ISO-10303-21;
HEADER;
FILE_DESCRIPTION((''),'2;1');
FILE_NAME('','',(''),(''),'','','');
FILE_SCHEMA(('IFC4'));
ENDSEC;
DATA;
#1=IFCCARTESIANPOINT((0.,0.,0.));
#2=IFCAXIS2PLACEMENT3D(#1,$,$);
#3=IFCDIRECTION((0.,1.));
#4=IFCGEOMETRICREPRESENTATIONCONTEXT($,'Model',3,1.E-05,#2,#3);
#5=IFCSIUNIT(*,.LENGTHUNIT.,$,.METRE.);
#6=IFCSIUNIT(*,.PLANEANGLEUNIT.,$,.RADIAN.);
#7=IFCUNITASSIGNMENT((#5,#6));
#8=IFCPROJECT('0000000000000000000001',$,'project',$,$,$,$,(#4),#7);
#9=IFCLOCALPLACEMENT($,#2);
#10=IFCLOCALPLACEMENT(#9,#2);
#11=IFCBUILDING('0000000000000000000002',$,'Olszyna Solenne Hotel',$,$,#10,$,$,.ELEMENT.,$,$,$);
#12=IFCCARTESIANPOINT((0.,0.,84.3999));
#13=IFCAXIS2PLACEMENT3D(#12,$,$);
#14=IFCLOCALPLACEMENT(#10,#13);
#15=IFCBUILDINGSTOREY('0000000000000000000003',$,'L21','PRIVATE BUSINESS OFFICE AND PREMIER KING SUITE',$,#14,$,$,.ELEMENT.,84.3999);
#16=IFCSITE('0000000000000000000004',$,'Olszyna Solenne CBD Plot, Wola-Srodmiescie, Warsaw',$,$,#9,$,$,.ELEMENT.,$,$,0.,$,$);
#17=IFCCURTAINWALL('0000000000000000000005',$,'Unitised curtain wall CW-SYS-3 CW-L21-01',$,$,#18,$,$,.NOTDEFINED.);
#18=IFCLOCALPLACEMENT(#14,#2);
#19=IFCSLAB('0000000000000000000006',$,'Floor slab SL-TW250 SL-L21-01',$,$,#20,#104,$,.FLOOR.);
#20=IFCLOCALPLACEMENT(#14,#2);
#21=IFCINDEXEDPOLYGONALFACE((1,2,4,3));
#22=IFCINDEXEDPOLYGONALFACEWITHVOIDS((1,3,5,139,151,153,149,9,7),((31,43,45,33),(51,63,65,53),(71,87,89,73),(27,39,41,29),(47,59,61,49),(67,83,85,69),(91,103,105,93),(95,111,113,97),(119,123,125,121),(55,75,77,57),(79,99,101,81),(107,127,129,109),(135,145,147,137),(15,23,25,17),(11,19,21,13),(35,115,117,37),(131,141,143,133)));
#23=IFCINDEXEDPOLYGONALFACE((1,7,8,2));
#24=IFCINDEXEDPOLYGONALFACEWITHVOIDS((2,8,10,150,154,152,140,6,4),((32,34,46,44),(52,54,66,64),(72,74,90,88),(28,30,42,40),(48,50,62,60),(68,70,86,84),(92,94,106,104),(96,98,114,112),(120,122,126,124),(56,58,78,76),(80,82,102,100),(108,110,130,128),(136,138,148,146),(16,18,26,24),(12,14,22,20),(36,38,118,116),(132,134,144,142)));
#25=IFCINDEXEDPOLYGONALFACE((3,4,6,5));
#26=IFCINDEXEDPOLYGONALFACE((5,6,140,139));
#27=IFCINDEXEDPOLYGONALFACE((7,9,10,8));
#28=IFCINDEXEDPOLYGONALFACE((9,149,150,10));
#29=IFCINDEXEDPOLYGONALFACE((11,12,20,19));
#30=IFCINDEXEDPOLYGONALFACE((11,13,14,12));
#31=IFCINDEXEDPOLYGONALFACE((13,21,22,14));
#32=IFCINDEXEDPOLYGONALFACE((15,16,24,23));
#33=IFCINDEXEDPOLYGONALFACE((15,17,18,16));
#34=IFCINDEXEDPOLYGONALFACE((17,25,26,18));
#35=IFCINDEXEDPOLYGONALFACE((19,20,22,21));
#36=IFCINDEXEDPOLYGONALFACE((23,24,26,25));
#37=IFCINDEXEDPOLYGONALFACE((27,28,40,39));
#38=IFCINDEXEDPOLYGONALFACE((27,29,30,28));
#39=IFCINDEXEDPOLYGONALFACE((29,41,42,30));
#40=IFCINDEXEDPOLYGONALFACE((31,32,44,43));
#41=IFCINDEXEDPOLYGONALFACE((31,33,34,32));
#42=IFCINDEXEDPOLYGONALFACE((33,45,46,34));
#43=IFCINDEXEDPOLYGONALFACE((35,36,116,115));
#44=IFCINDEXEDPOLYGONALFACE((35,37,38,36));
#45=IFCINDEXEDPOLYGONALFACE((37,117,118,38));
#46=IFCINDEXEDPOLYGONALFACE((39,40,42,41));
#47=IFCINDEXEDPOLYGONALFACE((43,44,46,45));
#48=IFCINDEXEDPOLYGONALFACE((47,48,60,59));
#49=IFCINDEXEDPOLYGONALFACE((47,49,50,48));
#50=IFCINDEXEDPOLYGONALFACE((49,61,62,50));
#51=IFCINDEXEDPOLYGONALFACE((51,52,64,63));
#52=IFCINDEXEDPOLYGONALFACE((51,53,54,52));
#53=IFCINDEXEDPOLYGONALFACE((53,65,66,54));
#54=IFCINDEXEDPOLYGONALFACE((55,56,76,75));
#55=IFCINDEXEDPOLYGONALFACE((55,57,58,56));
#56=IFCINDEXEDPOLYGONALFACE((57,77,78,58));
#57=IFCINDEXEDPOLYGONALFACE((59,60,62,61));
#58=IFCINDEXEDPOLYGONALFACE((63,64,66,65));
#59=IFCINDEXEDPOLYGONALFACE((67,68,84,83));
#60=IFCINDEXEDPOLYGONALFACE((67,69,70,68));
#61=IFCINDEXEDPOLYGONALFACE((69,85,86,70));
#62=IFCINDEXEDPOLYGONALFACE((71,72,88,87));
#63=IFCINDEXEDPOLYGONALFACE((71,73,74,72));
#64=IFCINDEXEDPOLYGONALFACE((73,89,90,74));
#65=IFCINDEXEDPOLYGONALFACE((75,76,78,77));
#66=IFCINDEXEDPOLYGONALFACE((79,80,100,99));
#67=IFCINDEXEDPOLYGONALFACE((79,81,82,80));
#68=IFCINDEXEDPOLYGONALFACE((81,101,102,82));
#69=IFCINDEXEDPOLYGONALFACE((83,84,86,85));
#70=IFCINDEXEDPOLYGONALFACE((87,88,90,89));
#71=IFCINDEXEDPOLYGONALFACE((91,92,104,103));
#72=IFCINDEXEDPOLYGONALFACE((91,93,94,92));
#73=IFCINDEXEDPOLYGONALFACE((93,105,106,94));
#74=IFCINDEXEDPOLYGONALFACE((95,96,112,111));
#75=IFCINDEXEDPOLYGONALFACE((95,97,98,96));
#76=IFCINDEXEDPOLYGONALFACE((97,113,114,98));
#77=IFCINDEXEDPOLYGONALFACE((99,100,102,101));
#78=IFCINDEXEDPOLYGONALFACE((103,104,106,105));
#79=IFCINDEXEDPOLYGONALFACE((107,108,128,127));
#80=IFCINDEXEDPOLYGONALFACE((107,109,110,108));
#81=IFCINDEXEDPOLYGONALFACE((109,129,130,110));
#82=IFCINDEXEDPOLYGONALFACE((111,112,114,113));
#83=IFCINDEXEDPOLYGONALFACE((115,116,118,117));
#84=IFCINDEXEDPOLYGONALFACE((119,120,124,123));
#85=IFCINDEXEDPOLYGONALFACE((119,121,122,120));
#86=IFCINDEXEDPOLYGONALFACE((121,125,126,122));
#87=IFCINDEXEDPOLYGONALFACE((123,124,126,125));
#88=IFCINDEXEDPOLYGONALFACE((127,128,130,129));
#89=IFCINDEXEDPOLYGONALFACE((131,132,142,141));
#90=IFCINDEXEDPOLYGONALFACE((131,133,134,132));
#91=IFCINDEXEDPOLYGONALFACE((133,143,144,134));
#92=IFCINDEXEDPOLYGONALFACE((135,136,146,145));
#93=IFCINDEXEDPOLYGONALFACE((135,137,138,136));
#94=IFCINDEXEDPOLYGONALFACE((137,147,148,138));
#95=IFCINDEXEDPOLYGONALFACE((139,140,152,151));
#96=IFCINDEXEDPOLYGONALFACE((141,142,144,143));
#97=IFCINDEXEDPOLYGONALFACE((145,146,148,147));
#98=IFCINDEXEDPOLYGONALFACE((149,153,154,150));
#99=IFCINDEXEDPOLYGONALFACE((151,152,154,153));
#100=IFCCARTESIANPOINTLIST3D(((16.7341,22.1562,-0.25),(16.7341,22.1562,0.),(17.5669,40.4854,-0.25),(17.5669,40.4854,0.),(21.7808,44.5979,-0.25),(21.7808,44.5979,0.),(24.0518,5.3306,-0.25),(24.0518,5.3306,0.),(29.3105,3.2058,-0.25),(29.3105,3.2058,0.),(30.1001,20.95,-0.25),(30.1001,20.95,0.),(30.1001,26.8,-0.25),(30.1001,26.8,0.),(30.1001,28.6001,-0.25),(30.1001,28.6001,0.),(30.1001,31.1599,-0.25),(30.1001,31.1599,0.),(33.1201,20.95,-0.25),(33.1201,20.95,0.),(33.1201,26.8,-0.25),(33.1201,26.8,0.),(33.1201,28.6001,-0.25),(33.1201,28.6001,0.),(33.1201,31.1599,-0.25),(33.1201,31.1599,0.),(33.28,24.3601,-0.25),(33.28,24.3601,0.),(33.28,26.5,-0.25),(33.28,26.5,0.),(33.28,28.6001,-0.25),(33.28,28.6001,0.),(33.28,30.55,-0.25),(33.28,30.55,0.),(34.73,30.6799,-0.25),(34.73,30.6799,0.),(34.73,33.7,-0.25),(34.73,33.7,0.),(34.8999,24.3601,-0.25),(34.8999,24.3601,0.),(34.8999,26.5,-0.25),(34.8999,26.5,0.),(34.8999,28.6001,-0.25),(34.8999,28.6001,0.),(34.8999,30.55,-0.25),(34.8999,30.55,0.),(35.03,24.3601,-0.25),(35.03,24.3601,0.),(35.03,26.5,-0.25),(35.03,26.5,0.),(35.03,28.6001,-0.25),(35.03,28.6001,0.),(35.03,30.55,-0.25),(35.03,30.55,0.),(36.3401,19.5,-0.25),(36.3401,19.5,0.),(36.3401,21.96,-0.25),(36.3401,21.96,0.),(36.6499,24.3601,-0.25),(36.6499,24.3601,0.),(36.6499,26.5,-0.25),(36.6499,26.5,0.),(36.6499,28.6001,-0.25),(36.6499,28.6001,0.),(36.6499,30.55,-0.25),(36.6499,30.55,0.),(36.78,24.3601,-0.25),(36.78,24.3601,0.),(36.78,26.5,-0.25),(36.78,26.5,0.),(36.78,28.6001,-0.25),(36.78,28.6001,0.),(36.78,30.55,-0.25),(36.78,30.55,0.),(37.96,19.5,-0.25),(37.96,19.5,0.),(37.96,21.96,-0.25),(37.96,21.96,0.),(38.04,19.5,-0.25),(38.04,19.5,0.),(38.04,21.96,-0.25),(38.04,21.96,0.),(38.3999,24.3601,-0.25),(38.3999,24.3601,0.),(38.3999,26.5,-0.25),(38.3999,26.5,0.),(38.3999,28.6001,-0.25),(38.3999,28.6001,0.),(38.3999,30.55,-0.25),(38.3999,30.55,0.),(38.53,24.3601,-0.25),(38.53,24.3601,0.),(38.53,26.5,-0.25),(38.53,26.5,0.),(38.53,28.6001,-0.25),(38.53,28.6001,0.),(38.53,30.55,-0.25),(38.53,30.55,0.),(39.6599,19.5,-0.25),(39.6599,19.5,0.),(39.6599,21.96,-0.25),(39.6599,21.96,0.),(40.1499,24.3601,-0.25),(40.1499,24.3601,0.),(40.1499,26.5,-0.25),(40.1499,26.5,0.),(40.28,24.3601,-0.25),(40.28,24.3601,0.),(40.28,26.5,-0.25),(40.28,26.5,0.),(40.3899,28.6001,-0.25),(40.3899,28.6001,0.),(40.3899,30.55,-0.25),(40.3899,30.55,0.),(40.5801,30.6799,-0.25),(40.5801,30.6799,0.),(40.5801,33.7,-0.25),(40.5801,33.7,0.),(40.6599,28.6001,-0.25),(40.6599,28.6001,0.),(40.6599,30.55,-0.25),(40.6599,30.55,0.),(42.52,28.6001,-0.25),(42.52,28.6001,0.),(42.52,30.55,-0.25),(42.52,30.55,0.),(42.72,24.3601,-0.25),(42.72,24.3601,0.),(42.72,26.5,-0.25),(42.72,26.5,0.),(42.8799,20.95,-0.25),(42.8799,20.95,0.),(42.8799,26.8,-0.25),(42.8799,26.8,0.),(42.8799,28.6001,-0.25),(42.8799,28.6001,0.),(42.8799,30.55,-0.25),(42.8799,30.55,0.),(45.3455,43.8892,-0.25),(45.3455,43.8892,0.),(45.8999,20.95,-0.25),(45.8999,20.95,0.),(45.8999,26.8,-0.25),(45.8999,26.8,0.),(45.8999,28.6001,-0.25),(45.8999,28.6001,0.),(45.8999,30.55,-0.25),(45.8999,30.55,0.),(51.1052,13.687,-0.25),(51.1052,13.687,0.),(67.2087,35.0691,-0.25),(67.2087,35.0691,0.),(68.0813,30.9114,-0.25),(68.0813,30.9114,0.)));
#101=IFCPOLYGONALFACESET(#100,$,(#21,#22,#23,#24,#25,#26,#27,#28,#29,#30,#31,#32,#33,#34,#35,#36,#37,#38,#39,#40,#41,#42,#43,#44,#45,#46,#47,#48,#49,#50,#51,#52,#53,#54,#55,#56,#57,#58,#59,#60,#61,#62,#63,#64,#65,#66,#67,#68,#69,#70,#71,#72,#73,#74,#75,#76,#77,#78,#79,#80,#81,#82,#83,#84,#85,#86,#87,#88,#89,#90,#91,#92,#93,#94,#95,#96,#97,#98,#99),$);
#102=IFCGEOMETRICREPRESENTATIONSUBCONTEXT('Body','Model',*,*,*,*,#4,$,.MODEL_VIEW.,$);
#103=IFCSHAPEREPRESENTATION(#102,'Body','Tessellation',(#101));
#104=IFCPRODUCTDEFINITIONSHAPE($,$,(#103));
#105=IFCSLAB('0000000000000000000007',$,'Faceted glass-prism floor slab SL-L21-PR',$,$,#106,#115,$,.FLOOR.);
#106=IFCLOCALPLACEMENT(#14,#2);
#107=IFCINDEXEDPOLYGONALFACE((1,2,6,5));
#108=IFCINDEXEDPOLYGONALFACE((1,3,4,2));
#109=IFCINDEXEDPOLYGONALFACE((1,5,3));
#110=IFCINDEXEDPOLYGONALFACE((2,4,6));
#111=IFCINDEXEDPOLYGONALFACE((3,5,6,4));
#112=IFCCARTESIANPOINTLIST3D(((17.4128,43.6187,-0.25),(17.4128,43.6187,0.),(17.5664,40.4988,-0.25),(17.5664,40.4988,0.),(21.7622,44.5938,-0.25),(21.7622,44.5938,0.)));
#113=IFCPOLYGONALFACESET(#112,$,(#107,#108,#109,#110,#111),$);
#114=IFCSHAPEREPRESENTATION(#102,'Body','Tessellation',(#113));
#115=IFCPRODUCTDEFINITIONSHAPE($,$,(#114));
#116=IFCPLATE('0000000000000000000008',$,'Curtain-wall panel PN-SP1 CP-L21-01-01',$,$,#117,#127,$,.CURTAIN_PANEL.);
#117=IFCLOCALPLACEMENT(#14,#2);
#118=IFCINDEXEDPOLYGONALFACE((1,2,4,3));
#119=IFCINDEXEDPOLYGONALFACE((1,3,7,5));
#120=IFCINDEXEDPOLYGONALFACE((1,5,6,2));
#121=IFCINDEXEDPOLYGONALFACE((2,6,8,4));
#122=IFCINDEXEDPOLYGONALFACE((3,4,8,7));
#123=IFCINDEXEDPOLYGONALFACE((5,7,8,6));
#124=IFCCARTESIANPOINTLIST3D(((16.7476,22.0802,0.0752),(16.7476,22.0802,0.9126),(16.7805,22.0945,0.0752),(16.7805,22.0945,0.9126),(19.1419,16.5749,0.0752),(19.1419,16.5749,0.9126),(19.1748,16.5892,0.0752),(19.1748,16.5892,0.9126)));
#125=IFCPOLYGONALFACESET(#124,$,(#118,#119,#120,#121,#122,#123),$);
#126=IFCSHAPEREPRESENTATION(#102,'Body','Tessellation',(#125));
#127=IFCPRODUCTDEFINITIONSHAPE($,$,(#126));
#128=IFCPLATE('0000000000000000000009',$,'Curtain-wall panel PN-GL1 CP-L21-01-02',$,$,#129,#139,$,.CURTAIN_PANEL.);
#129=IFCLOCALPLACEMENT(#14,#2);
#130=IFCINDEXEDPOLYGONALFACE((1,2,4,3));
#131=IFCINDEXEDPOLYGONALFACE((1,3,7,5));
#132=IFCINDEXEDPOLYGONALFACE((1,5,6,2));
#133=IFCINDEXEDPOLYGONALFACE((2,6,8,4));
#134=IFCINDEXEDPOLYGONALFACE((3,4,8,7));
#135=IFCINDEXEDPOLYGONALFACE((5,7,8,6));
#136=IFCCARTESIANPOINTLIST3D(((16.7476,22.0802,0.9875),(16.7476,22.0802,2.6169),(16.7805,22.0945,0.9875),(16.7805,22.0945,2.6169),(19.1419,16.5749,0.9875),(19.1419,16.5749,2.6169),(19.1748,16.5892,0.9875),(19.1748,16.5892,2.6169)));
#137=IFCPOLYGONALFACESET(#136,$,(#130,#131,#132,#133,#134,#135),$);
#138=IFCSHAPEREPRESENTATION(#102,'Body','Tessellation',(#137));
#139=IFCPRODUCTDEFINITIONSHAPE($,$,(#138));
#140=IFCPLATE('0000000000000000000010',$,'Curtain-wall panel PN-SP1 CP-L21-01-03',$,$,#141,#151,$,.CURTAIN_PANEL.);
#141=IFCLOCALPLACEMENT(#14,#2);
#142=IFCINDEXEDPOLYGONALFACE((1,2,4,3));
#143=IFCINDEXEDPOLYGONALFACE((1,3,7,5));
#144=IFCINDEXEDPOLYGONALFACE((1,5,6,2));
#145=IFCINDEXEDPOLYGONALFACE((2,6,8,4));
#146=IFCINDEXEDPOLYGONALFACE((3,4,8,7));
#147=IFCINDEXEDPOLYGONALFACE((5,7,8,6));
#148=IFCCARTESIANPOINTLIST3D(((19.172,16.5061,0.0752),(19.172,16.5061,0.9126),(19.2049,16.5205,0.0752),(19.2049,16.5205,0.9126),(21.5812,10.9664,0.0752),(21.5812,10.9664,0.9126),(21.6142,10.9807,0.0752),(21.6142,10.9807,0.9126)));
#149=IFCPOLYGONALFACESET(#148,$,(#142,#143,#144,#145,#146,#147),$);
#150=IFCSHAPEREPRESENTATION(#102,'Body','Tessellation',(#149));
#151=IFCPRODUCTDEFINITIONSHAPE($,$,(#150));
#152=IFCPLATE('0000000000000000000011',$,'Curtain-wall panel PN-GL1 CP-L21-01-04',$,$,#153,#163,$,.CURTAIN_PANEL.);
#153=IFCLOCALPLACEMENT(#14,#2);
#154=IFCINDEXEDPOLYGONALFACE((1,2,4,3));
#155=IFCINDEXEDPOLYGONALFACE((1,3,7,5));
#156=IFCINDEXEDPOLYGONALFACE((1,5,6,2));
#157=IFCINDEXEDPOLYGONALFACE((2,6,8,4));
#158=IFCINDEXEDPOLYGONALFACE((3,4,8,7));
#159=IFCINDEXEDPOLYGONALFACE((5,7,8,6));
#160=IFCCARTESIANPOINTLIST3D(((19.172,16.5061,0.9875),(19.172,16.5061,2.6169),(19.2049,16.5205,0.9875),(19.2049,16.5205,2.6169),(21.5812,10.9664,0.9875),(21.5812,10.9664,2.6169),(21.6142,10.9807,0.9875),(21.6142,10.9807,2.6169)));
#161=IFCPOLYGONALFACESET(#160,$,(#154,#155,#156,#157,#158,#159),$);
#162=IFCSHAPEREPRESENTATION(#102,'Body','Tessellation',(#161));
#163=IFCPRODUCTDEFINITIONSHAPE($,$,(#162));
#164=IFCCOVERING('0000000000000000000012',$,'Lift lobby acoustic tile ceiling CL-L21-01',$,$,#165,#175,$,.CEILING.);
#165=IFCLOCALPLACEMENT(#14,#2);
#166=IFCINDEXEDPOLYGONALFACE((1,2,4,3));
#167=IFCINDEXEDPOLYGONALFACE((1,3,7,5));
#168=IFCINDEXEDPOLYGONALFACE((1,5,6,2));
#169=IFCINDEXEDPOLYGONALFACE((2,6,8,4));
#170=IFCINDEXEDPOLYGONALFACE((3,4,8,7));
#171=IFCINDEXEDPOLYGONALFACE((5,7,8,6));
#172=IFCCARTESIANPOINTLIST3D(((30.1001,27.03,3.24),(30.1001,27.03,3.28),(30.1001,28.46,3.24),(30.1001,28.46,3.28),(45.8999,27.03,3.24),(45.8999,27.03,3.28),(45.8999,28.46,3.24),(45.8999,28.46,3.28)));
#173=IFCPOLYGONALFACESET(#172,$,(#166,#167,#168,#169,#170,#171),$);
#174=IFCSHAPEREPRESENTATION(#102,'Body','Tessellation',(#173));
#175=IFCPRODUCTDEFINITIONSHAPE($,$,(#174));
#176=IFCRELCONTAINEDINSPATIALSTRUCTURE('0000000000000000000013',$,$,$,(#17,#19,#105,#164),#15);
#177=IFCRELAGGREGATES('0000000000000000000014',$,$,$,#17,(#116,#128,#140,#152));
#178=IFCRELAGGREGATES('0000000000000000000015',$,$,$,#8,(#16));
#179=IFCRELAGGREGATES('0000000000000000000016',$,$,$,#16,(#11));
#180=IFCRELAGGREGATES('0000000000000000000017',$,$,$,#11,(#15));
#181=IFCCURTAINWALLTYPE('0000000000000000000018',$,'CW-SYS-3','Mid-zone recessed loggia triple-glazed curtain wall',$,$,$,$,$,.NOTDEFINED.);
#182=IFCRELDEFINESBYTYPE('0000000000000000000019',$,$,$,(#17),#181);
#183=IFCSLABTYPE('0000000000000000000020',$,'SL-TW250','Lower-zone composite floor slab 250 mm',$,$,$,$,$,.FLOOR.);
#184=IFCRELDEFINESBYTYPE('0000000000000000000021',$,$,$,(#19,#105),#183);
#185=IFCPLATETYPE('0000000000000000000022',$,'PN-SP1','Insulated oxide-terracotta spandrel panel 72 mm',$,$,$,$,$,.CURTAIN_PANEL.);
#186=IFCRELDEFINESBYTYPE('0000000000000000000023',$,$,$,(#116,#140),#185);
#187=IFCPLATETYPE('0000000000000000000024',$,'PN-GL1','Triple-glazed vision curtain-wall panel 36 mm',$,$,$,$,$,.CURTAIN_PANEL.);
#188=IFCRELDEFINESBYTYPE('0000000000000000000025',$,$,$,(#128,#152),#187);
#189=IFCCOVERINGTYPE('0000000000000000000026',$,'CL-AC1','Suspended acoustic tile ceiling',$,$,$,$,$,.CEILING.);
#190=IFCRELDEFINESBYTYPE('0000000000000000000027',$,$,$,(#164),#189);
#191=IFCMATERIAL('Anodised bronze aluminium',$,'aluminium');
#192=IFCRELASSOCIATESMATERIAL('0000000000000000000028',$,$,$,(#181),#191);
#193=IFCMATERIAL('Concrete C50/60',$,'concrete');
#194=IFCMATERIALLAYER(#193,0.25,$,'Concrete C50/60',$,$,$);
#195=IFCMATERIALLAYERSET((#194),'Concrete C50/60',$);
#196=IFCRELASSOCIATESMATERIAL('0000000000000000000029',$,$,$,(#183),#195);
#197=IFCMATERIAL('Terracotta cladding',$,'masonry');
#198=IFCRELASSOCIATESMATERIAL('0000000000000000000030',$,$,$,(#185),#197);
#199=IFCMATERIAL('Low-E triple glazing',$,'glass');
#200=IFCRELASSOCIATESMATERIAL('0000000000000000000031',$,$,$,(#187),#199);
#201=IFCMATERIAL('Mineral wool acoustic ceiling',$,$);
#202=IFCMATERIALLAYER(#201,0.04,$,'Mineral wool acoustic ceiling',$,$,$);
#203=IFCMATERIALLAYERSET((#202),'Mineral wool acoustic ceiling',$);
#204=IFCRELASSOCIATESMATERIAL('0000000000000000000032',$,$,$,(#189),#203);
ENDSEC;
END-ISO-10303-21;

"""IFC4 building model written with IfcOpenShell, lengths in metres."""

from ifc_helpers import new_model, si_unit, direction, frame, origin, origin_2d, place, context, subcontext, project, spatial, polyline, rectangle, outline, extrude, source, transform, mapped, material, layer, layer_set, type_object, element, aggregate, save


model = new_model("IFC4")

# Units and contexts
model_context = context("Model", 3, precision=1e-05, world=origin(), true_north=direction((0.0, 1.0)))
body_context = subcontext(model_context, "Body", "Model", "MODEL_VIEW")
ifc_project = project(units=[si_unit("LENGTHUNIT", "METRE"), si_unit("PLANEANGLEUNIT", "RADIAN")], contexts=[model_context])

# Site, building, storey
site_placement = place(None, origin())
site = spatial("IfcSite", under=ifc_project, at=site_placement, Name="Olszyna Solenne CBD Plot, Wola-Srodmiescie, Warsaw", CompositionType="ELEMENT", RefElevation=0.0)
building_placement = place(site_placement, origin())
building = spatial("IfcBuilding", under=site, at=building_placement, Name="Olszyna Solenne Hotel", CompositionType="ELEMENT")
storey_placement = place(building_placement, frame((0.0, 0.0, 84.3999)))
storey = spatial("IfcBuildingStorey", under=building, at=storey_placement, Name="L21", Description="PRIVATE BUSINESS OFFICE AND PREMIER KING SUITE", CompositionType="ELEMENT", Elevation=84.3999)

# Curtain wall
ifc_material_1 = material(Name="Anodised bronze aluminium", Category="aluminium")
curtain_wall_type = type_object("IfcCurtainWallType", Name="CW-SYS-3", Description="Mid-zone recessed loggia triple-glazed curtain wall", PredefinedType="NOTDEFINED", material=ifc_material_1)
curtain_wall_placement = place(storey_placement, origin())
curtain_wall = element("IfcCurtainWall", 1, at=curtain_wall_placement, inside=storey, type_object=curtain_wall_type, Name="Unitised curtain wall CW-SYS-3 CW-L21-01", PredefinedType="NOTDEFINED")

# Slabs
ifc_material_2 = material(Name="Concrete C50/60", Category="concrete")
ifc_layer_1 = layer(ifc_material_2, 0.25, Name="Concrete C50/60")
ifc_layer_set_1 = layer_set([ifc_layer_1], Name="Concrete C50/60")
slab_type_1 = type_object("IfcSlabType", Name="SL-TW250", Description="Lower-zone composite floor slab 250 mm", PredefinedType="FLOOR", material=ifc_layer_set_1)
slab_1_placement = place(storey_placement, frame((0.0, 0.0, -0.25)))
element("IfcSlab", 2, at=slab_1_placement, inside=storey, type_object=slab_type_1, Name="Floor slab SL-TW250 SL-L21-01", PredefinedType="FLOOR", context=body_context, shape_type="SweptSolid", body=[
    extrude(outline(polyline([(68.0813, 30.9114), (67.2087, 35.0691), (45.3455, 43.8892), (21.7808, 44.5979), (17.5669, 40.4854), (16.7341, 22.1562), (24.0518, 5.3306), (29.3105, 3.2058), (51.1052, 13.687), (68.0813, 30.9114)]), holes=[polyline([(30.1001, 20.95), (33.1201, 20.95), (33.1201, 26.8), (30.1001, 26.8), (30.1001, 20.95)]), polyline([(42.8799, 20.95), (45.8999, 20.95), (45.8999, 26.8), (42.8799, 26.8), (42.8799, 20.95)]), polyline([(34.73, 30.6799), (40.5801, 30.6799), (40.5801, 33.7), (34.73, 33.7), (34.73, 30.6799)]), polyline([(36.3401, 19.5), (37.96, 19.5), (37.96, 21.96), (36.3401, 21.96), (36.3401, 19.5)]), polyline([(38.04, 19.5), (39.6599, 19.5), (39.6599, 21.96), (38.04, 21.96), (38.04, 19.5)]), polyline([(30.1001, 28.6001), (33.1201, 28.6001), (33.1201, 31.1599), (30.1001, 31.1599), (30.1001, 28.6001)]), polyline([(33.28, 24.3601), (34.8999, 24.3601), (34.8999, 26.5), (33.28, 26.5), (33.28, 24.3601)]), polyline([(35.03, 24.3601), (36.6499, 24.3601), (36.6499, 26.5), (35.03, 26.5), (35.03, 24.3601)]), polyline([(36.78, 24.3601), (38.3999, 24.3601), (38.3999, 26.5), (36.78, 26.5), (36.78, 24.3601)]), polyline([(38.53, 24.3601), (40.1499, 24.3601), (40.1499, 26.5), (38.53, 26.5), (38.53, 24.3601)]), polyline([(40.28, 24.3601), (42.72, 24.3601), (42.72, 26.5), (40.28, 26.5), (40.28, 24.3601)]), polyline([(33.28, 28.6001), (34.8999, 28.6001), (34.8999, 30.55), (33.28, 30.55), (33.28, 28.6001)]), polyline([(35.03, 28.6001), (36.6499, 28.6001), (36.6499, 30.55), (35.03, 30.55), (35.03, 28.6001)]), polyline([(36.78, 28.6001), (38.3999, 28.6001), (38.3999, 30.55), (36.78, 30.55), (36.78, 28.6001)]), polyline([(38.53, 28.6001), (40.3899, 28.6001), (40.3899, 30.55), (38.53, 30.55), (38.53, 28.6001)]), polyline([(40.6599, 28.6001), (42.52, 28.6001), (42.52, 30.55), (40.6599, 30.55), (40.6599, 28.6001)]), polyline([(42.8799, 28.6001), (45.8999, 28.6001), (45.8999, 30.55), (42.8799, 30.55), (42.8799, 28.6001)])]), origin(), (0.0, 0.0, 1.0), 0.25),
])
slab_2_placement = place(storey_placement, frame((0.0, 0.0, -0.25)))
element("IfcSlab", 3, at=slab_2_placement, inside=storey, type_object=slab_type_1, Name="Faceted glass-prism floor slab SL-L21-PR", PredefinedType="FLOOR", context=body_context, shape_type="SweptSolid", body=[
    extrude(outline(polyline([(17.5664, 40.4988), (21.7622, 44.5938), (17.4128, 43.6187), (17.5664, 40.4988)])), origin(), (0.0, 0.0, 1.0), 0.25),
])

# Plates
ifc_material_3 = material(Name="Terracotta cladding", Category="masonry")
plate_type_1 = type_object("IfcPlateType", Name="PN-SP1", Description="Insulated oxide-terracotta spandrel panel 72 mm", PredefinedType="CURTAIN_PANEL", material=ifc_material_3)
shared_shape_1 = source(origin(), body_context, "Body", "SweptSolid", [
    extrude(rectangle(XDim=6.0034, YDim=0.0359, at=origin_2d()), origin(), (0.0, 0.0, 1.0), 0.8374),
])
plate_1_placement = place(storey_placement, frame((17.9612, 19.3347, 0.0752), z_axis=(0.0, 0.0, 1.0), x_axis=(0.398817, -0.917031, 0.0)))
plate_1 = element("IfcPlate", 4, at=plate_1_placement, type_object=plate_type_1, Name="Curtain-wall panel PN-SP1 CP-L21-01-01", PredefinedType="CURTAIN_PANEL", context=body_context, shape_type="MappedRepresentation", body=[
    mapped(shared_shape_1, transform((0.0, 0.0, 0.0), x_axis=(1.0, 0.0, 0.0), y_axis=(0.0, 1.0, 0.0), z_axis=(0.0, 0.0, 1.0), scale=1.0)),
])
ifc_material_4 = material(Name="Low-E triple glazing", Category="glass")
plate_type_2 = type_object("IfcPlateType", Name="PN-GL1", Description="Triple-glazed vision curtain-wall panel 36 mm", PredefinedType="CURTAIN_PANEL", material=ifc_material_4)
shared_shape_2 = source(origin(), body_context, "Body", "SweptSolid", [
    extrude(rectangle(XDim=6.0034, YDim=0.0359, at=origin_2d()), origin(), (0.0, 0.0, 1.0), 1.6294),
])
plate_2_placement = place(storey_placement, frame((17.9612, 19.3347, 0.9875), z_axis=(0.0, 0.0, 1.0), x_axis=(0.398817, -0.917031, 0.0)))
plate_2 = element("IfcPlate", 5, at=plate_2_placement, type_object=plate_type_2, Name="Curtain-wall panel PN-GL1 CP-L21-01-02", PredefinedType="CURTAIN_PANEL", context=body_context, shape_type="MappedRepresentation", body=[
    mapped(shared_shape_2, transform((0.0, 0.0, 0.0), x_axis=(1.0, 0.0, 0.0), y_axis=(0.0, 1.0, 0.0), z_axis=(0.0, 0.0, 1.0), scale=1.0)),
])
shared_shape_3 = source(origin(), body_context, "Body", "SweptSolid", [
    extrude(rectangle(XDim=6.041, YDim=0.0359, at=origin_2d()), origin(), (0.0, 0.0, 1.0), 0.8374),
])
plate_3_placement = place(storey_placement, frame((20.3931, 13.7434, 0.0752), z_axis=(0.0, 0.0, 1.0), x_axis=(0.398817, -0.917031, 0.0)))
plate_3 = element("IfcPlate", 6, at=plate_3_placement, type_object=plate_type_1, Name="Curtain-wall panel PN-SP1 CP-L21-01-03", PredefinedType="CURTAIN_PANEL", context=body_context, shape_type="MappedRepresentation", body=[
    mapped(shared_shape_3, transform((0.0, 0.0, 0.0), x_axis=(1.0, 0.0, 0.0), y_axis=(0.0, 1.0, 0.0), z_axis=(0.0, 0.0, 1.0), scale=1.0)),
])
shared_shape_4 = source(origin(), body_context, "Body", "SweptSolid", [
    extrude(rectangle(XDim=6.041, YDim=0.0359, at=origin_2d()), origin(), (0.0, 0.0, 1.0), 1.6294),
])
plate_4_placement = place(storey_placement, frame((20.3931, 13.7434, 0.9875), z_axis=(0.0, 0.0, 1.0), x_axis=(0.398817, -0.917031, 0.0)))
plate_4 = element("IfcPlate", 7, at=plate_4_placement, type_object=plate_type_2, Name="Curtain-wall panel PN-GL1 CP-L21-01-04", PredefinedType="CURTAIN_PANEL", context=body_context, shape_type="MappedRepresentation", body=[
    mapped(shared_shape_4, transform((0.0, 0.0, 0.0), x_axis=(1.0, 0.0, 0.0), y_axis=(0.0, 1.0, 0.0), z_axis=(0.0, 0.0, 1.0), scale=1.0)),
])
aggregate(curtain_wall, [plate_1, plate_2, plate_3, plate_4])

# Covering
ifc_material_5 = material(Name="Mineral wool acoustic ceiling")
ifc_layer_2 = layer(ifc_material_5, 0.04, Name="Mineral wool acoustic ceiling")
ifc_layer_set_2 = layer_set([ifc_layer_2], Name="Mineral wool acoustic ceiling")
covering_type_1 = type_object("IfcCoveringType", Name="CL-AC1", Description="Suspended acoustic tile ceiling", PredefinedType="CEILING", material=ifc_layer_set_2)
covering_1_placement = place(storey_placement, frame((0.0, 0.0, 3.24)))
element("IfcCovering", 8, at=covering_1_placement, inside=storey, type_object=covering_type_1, Name="Lift lobby acoustic tile ceiling CL-L21-01", PredefinedType="CEILING", context=body_context, shape_type="SweptSolid", body=[
    extrude(outline(polyline([(30.1001, 27.03), (45.8999, 27.03), (45.8999, 28.46), (30.1001, 28.46), (30.1001, 27.03)])), origin(), (0.0, 0.0, 1.0), 0.04),
])

save(model, "model.ifc")
